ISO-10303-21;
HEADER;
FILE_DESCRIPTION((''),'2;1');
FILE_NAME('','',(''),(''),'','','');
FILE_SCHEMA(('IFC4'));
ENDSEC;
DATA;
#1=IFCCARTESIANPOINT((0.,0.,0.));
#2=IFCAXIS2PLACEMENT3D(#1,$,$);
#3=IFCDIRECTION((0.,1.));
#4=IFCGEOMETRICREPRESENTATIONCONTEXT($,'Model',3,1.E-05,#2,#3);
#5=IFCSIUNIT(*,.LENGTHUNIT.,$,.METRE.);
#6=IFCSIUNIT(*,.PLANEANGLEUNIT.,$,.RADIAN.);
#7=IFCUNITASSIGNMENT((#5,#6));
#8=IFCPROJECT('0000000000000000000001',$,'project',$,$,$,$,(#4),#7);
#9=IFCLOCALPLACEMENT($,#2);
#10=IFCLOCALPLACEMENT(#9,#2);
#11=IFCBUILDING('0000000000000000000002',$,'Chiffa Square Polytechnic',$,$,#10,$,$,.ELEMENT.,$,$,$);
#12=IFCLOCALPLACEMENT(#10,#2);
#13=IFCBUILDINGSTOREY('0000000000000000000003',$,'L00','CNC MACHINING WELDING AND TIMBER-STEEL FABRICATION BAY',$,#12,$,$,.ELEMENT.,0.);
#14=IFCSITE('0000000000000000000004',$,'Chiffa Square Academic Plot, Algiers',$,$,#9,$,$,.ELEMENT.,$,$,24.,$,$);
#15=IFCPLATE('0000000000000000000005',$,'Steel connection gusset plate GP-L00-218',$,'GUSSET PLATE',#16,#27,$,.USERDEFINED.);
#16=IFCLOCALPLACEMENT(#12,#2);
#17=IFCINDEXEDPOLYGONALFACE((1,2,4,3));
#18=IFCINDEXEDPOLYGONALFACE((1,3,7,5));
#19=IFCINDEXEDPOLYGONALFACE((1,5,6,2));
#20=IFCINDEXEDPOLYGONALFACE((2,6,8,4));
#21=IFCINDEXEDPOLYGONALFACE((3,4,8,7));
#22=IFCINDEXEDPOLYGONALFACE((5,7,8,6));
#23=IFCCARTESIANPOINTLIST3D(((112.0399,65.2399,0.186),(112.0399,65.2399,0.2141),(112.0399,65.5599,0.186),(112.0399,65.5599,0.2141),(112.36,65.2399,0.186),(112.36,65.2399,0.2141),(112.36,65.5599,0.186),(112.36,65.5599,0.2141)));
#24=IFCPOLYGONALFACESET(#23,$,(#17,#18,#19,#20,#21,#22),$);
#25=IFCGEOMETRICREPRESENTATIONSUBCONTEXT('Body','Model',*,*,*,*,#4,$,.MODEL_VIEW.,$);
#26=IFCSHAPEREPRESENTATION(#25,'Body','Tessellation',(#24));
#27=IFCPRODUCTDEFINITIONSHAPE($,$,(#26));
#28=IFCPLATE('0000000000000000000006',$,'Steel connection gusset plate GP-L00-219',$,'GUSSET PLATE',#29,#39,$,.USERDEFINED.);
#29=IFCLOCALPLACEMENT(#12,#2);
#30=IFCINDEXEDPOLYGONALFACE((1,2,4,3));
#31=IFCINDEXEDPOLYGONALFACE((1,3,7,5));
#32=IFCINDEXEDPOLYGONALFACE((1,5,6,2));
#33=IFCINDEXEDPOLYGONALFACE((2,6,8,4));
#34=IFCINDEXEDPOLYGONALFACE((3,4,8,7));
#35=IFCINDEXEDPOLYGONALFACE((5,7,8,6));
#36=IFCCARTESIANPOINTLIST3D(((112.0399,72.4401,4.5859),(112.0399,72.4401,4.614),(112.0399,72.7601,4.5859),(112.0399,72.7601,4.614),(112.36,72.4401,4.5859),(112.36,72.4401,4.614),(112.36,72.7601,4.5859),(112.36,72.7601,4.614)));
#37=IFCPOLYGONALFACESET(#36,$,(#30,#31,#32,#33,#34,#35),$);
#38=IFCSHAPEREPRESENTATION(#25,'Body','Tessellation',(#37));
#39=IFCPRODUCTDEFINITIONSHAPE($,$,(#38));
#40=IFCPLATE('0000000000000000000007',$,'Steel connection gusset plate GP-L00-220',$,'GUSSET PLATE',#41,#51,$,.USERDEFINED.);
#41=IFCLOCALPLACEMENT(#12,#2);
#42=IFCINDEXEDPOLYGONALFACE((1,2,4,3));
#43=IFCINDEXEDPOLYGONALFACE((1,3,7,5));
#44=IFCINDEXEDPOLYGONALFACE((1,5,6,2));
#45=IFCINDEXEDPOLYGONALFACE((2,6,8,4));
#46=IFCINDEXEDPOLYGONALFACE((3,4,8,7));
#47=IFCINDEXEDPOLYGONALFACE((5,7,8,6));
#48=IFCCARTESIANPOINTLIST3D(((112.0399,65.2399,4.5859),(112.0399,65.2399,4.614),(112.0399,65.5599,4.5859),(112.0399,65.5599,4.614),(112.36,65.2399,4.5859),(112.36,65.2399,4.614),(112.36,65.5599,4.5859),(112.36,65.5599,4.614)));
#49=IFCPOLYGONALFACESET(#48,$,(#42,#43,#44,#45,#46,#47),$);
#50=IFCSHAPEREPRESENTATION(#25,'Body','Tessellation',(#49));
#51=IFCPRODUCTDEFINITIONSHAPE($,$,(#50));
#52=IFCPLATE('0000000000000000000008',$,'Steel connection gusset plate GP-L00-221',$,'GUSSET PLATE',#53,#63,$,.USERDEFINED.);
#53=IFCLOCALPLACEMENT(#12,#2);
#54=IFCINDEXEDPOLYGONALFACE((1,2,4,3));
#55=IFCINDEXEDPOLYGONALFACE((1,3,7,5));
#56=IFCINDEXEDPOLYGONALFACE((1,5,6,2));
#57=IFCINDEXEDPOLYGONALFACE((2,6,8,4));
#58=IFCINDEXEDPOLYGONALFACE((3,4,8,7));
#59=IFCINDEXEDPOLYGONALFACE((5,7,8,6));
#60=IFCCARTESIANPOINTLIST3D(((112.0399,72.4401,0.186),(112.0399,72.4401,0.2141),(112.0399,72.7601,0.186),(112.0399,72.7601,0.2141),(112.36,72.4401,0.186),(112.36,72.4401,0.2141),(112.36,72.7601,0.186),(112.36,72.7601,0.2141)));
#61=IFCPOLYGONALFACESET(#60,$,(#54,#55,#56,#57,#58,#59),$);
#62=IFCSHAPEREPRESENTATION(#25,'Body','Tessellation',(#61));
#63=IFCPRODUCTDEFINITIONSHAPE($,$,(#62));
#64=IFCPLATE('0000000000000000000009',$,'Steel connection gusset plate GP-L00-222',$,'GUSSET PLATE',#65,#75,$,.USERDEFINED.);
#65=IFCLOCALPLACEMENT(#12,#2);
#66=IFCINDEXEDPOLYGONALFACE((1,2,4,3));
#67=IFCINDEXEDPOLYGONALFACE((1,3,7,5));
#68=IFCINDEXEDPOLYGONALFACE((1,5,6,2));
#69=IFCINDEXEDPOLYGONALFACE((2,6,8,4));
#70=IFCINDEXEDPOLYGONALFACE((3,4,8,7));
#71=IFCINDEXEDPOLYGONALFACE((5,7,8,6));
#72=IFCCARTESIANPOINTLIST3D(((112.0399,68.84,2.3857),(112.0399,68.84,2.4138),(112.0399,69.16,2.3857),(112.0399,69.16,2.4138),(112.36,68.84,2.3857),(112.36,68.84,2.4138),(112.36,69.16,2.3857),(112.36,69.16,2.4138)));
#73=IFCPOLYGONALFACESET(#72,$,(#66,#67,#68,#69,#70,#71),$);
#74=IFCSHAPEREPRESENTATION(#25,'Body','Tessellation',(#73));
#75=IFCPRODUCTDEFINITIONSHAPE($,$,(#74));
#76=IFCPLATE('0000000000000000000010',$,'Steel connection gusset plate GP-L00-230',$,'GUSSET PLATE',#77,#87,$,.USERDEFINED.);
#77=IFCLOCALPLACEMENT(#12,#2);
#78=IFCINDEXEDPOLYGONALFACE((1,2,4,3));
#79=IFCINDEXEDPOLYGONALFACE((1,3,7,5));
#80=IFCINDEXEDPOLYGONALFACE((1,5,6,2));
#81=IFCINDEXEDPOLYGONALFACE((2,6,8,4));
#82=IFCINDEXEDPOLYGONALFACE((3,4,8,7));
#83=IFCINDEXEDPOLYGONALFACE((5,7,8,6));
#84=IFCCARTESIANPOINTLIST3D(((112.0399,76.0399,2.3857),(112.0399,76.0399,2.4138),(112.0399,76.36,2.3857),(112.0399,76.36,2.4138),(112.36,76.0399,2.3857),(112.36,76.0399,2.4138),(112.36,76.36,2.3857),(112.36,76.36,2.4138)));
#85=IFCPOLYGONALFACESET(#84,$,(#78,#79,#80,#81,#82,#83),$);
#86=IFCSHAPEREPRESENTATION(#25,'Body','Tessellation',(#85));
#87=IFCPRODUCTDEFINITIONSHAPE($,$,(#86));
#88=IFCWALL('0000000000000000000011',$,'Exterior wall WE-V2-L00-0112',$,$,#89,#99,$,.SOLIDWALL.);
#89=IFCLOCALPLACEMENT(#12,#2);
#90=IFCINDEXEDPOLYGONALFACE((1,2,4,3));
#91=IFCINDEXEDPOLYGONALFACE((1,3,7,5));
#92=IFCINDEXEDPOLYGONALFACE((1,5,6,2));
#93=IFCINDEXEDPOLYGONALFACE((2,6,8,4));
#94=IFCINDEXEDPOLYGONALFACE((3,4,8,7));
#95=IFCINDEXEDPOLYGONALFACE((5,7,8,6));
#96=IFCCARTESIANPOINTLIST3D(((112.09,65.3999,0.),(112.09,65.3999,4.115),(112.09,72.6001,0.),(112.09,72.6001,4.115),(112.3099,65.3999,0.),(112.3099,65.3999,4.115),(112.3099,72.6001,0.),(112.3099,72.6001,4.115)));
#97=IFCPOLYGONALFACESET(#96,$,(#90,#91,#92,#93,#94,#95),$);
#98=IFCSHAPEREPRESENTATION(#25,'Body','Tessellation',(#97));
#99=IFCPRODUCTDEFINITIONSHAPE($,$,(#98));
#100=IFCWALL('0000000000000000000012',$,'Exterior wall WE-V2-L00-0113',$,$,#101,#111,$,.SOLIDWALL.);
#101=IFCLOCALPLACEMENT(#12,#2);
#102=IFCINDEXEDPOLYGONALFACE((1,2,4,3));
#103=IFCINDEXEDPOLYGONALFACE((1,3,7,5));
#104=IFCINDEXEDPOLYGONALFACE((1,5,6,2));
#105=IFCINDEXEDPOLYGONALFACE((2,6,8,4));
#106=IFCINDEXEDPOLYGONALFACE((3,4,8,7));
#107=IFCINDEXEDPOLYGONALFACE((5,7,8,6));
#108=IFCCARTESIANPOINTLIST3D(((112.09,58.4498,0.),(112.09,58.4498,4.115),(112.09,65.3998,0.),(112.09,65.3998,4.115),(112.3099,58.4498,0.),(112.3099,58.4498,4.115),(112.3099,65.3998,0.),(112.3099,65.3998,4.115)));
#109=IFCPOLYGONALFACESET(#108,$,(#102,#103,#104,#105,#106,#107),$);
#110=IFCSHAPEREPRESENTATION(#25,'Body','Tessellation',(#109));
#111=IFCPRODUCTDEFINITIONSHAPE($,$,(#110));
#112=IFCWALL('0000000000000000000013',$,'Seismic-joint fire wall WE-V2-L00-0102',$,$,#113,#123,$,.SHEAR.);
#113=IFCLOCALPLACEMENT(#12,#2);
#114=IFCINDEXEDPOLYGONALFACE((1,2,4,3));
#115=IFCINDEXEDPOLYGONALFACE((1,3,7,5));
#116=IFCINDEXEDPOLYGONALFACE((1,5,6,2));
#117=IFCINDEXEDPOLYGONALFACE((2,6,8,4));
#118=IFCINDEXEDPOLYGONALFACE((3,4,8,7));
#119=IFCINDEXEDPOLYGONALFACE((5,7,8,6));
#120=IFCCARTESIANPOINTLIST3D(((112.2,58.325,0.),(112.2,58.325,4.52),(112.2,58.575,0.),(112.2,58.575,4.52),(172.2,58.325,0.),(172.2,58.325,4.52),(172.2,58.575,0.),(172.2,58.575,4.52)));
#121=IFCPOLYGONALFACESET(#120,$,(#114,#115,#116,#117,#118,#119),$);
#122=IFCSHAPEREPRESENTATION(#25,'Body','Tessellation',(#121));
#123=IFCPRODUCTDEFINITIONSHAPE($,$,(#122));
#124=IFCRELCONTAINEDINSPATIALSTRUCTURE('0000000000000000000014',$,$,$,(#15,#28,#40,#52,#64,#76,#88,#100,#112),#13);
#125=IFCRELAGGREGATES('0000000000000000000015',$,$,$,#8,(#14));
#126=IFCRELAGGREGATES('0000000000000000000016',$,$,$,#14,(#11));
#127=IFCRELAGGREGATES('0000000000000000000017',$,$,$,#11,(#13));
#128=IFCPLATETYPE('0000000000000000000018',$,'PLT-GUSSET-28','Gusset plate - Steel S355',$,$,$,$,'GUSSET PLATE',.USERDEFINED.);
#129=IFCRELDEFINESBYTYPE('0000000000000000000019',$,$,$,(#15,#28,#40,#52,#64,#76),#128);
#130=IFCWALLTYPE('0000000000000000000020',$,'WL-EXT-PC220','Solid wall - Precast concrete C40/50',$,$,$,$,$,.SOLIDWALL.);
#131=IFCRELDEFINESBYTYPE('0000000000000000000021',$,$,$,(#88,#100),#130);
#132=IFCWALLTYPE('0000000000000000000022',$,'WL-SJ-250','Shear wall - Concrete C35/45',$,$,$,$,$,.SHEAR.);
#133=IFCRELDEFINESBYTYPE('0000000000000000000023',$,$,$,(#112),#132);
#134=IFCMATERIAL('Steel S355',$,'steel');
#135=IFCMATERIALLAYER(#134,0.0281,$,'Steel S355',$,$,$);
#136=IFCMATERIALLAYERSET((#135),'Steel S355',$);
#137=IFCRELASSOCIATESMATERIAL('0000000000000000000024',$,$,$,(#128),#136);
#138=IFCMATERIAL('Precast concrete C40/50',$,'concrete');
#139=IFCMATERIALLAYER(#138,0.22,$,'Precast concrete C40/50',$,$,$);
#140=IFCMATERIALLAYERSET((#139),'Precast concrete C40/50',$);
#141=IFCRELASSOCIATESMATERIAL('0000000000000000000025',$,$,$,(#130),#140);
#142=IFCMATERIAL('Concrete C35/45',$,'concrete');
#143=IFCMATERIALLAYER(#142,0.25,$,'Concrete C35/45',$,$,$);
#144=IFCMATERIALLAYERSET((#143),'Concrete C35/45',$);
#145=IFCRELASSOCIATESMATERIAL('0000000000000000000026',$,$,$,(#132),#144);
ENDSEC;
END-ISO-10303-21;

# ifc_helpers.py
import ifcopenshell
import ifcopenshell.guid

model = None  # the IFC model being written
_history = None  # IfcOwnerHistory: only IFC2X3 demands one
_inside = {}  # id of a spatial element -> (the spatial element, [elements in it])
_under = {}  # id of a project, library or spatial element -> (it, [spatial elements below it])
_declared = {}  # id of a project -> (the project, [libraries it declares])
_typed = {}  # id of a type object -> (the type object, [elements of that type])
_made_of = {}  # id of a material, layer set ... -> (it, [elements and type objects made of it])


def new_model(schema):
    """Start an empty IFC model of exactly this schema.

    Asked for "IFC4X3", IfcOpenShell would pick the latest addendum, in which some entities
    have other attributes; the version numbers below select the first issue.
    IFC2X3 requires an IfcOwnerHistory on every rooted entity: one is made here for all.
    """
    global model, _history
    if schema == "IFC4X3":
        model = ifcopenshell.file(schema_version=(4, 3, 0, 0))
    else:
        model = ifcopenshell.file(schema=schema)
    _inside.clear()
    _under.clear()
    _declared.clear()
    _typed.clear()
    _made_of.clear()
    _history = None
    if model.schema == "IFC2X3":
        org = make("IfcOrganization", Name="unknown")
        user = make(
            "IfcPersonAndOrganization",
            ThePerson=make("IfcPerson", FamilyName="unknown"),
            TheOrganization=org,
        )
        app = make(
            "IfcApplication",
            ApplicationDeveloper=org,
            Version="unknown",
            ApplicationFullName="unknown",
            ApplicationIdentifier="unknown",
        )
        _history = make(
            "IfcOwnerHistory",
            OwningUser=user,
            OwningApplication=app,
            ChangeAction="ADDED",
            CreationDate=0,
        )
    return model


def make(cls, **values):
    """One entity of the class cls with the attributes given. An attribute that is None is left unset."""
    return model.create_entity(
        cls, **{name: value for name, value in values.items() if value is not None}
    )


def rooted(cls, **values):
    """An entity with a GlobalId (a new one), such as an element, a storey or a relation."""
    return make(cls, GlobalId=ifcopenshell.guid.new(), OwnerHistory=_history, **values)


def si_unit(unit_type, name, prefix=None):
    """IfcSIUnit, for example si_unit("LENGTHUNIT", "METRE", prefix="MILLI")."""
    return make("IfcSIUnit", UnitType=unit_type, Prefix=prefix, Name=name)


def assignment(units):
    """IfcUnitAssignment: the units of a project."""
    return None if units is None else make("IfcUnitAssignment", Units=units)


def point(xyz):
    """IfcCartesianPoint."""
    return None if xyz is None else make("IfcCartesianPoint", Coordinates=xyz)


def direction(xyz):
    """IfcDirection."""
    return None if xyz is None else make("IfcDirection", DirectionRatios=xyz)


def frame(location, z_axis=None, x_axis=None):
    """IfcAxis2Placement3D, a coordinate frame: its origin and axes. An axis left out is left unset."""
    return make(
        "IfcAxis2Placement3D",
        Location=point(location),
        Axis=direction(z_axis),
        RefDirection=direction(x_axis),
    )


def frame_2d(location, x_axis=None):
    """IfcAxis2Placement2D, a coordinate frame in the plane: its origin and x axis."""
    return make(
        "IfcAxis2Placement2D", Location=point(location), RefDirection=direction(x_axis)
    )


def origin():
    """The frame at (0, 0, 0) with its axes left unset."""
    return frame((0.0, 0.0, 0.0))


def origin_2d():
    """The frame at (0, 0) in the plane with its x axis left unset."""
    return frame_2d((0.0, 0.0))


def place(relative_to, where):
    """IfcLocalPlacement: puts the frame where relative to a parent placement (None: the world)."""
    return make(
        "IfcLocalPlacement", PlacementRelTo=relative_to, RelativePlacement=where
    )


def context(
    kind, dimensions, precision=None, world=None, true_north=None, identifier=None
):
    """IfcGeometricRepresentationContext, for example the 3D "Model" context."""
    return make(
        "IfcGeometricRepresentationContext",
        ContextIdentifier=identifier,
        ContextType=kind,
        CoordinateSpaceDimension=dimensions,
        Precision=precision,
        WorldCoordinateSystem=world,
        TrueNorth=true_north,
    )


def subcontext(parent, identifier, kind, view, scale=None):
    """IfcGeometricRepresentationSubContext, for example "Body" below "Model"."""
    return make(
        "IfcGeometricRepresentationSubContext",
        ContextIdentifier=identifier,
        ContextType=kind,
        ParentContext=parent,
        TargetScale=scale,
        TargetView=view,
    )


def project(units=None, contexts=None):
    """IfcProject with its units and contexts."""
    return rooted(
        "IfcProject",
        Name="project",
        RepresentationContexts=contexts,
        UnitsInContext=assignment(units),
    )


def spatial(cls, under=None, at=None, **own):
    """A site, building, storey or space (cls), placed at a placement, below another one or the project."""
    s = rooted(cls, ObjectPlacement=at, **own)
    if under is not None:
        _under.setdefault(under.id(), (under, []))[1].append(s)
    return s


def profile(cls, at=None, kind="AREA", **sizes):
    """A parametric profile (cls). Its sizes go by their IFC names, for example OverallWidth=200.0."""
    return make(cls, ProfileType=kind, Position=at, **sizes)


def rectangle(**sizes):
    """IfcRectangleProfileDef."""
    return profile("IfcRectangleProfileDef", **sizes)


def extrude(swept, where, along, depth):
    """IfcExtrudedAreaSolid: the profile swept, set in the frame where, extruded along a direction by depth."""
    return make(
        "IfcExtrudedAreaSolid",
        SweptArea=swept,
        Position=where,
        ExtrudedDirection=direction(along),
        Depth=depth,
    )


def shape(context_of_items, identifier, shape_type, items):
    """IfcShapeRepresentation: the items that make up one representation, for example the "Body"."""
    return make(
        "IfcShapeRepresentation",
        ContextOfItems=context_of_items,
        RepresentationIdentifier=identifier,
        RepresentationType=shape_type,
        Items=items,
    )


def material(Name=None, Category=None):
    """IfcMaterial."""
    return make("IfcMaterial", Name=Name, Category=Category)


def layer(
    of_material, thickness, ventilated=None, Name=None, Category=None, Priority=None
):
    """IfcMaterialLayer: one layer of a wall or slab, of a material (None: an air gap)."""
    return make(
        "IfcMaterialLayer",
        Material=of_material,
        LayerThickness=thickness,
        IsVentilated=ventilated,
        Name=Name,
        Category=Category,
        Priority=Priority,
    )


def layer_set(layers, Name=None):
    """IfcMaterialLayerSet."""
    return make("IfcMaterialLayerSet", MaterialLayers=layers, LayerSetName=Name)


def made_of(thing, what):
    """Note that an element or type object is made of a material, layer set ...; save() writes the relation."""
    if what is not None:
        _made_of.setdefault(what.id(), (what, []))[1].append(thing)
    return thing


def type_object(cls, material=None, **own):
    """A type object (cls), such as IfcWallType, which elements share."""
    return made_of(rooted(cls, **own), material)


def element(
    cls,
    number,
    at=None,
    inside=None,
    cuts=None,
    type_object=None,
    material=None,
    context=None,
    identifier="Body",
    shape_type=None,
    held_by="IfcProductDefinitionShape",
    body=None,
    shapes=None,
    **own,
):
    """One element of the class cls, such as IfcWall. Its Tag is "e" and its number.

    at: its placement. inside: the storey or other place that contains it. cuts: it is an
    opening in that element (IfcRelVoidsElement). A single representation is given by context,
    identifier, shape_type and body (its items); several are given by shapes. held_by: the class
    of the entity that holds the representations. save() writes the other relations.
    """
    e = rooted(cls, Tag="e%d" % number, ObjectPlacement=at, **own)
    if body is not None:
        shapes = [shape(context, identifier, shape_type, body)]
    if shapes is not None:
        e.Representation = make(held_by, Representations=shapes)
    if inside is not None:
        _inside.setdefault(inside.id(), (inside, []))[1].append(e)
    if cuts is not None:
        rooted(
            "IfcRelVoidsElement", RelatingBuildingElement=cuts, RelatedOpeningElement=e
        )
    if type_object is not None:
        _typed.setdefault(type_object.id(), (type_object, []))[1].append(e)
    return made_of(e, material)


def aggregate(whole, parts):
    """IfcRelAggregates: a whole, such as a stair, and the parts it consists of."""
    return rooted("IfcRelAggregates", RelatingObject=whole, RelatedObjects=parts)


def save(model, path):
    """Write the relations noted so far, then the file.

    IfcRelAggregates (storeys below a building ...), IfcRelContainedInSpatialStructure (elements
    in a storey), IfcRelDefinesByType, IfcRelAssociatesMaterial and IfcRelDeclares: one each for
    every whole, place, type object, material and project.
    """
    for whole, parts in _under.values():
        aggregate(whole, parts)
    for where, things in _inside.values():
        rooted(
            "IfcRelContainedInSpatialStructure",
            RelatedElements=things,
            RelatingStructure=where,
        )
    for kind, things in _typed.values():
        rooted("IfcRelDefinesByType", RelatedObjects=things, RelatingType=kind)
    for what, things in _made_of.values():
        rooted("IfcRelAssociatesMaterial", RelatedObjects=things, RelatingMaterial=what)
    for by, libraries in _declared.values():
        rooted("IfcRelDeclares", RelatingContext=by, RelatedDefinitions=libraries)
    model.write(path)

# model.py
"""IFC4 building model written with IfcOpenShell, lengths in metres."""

from ifc_helpers import new_model, si_unit, direction, frame, frame_2d, origin, origin_2d, place, context, subcontext, project, spatial, rectangle, extrude, material, layer, layer_set, type_object, element, save


model = new_model("IFC4")

# Units and contexts
model_context = context("Model", 3, precision=1e-05, world=origin(), true_north=direction((0.0, 1.0)))
body_context = subcontext(model_context, "Body", "Model", "MODEL_VIEW")
ifc_project = project(units=[si_unit("LENGTHUNIT", "METRE"), si_unit("PLANEANGLEUNIT", "RADIAN")], contexts=[model_context])

# Site, building, storey
site_placement = place(None, origin())
site = spatial("IfcSite", under=ifc_project, at=site_placement, Name="Chiffa Square Academic Plot, Algiers", CompositionType="ELEMENT", RefElevation=24.0)
building_placement = place(site_placement, origin())
building = spatial("IfcBuilding", under=site, at=building_placement, Name="Chiffa Square Polytechnic", CompositionType="ELEMENT")
storey_placement = place(building_placement, origin())
storey = spatial("IfcBuildingStorey", under=building, at=storey_placement, Name="L00", Description="CNC MACHINING WELDING AND TIMBER-STEEL FABRICATION BAY", CompositionType="ELEMENT", Elevation=0.0)

# Shared definitions
ifc_material_1 = material(Name="Steel S355", Category="steel")

# Shared definitions
ifc_material_2 = material(Name="Concrete C35/45", Category="concrete")

# Plates
ifc_layer_1 = layer(ifc_material_1, 0.0281, Name="Steel S355")
ifc_layer_set_1 = layer_set([ifc_layer_1], Name="Steel S355")
plate_type = type_object("IfcPlateType", Name="PLT-GUSSET-28", Description="Gusset plate - Steel S355", ElementType="GUSSET PLATE", PredefinedType="USERDEFINED", material=ifc_layer_set_1)
for number, where, z_axis, x_axis, name in (
    (1, (112.2, 65.3999, 0.186), (0.0, 0.0, 1.0), (1.0, 0.0, 0.0), "Steel connection gusset plate GP-L00-218"),
    (2, (112.2, 72.6001, 4.5859), (0.0, 0.0, 1.0), (1.0, 0.0, 0.0), "Steel connection gusset plate GP-L00-219"),
    (3, (112.2, 65.3999, 4.5859), (0.0, 0.0, 1.0), (1.0, 0.0, 0.0), "Steel connection gusset plate GP-L00-220"),
    (4, (112.2, 72.6001, 0.186), (0.0, 0.0, 1.0), (1.0, 0.0, 0.0), "Steel connection gusset plate GP-L00-221"),
    (5, (112.2, 69.0, 2.3857), (0.0, 0.0, 1.0), (1.0, 0.0, 0.0), "Steel connection gusset plate GP-L00-222"),
    (6, (112.2, 76.2, 2.3857), (0.0, 0.0, 1.0), (1.0, 0.0, 0.0), "Steel connection gusset plate GP-L00-230"),
):
    element("IfcPlate", number, at=place(storey_placement, frame(where, z_axis=z_axis, x_axis=x_axis)), inside=storey, type_object=plate_type, Name=name, ObjectType="GUSSET PLATE", PredefinedType="USERDEFINED", context=body_context, shape_type="SweptSolid", body=[
        extrude(rectangle(XDim=0.3201, YDim=0.3201, at=origin_2d()), origin(), (0.0, 0.0, 1.0), 0.0281),
    ])

# Walls
ifc_material_3 = material(Name="Precast concrete C40/50", Category="concrete")
ifc_layer_2 = layer(ifc_material_3, 0.22, Name="Precast concrete C40/50")
ifc_layer_set_2 = layer_set([ifc_layer_2], Name="Precast concrete C40/50")
wall_type_1 = type_object("IfcWallType", Name="WL-EXT-PC220", Description="Solid wall - Precast concrete C40/50", PredefinedType="SOLIDWALL", material=ifc_layer_set_2)
wall_1_placement = place(storey_placement, frame((112.2, 72.6001, 0.0), z_axis=(0.0, 0.0, 1.0), x_axis=(0.0, -1.0, 0.0)))
element("IfcWall", 7, at=wall_1_placement, inside=storey, type_object=wall_type_1, Name="Exterior wall WE-V2-L00-0112", PredefinedType="SOLIDWALL", context=body_context, shape_type="SweptSolid", body=[
    extrude(rectangle(XDim=7.2002, YDim=0.22, at=frame_2d((3.6001, 0.0))), origin(), (0.0, 0.0, 1.0), 4.115),
])
wall_2_placement = place(storey_placement, frame((112.2, 65.3999, 0.0), z_axis=(0.0, 0.0, 1.0), x_axis=(0.0, -1.0, 0.0)))
element("IfcWall", 8, at=wall_2_placement, inside=storey, type_object=wall_type_1, Name="Exterior wall WE-V2-L00-0113", PredefinedType="SOLIDWALL", context=body_context, shape_type="SweptSolid", body=[
    extrude(rectangle(XDim=6.95, YDim=0.22, at=frame_2d((3.4751, 0.0))), origin(), (0.0, 0.0, 1.0), 4.115),
])
ifc_layer_3 = layer(ifc_material_2, 0.25, Name="Concrete C35/45")
ifc_layer_set_3 = layer_set([ifc_layer_3], Name="Concrete C35/45")
wall_type_2 = type_object("IfcWallType", Name="WL-SJ-250", Description="Shear wall - Concrete C35/45", PredefinedType="SHEAR", material=ifc_layer_set_3)
wall_3_placement = place(storey_placement, frame((112.2, 58.45, 0.0), z_axis=(0.0, 0.0, 1.0), x_axis=(1.0, 0.0, 0.0)))
element("IfcWall", 9, at=wall_3_placement, inside=storey, type_object=wall_type_2, Name="Seismic-joint fire wall WE-V2-L00-0102", PredefinedType="SHEAR", context=body_context, shape_type="SweptSolid", body=[
    extrude(rectangle(XDim=60.0, YDim=0.25, at=frame_2d((30.0, 0.0))), origin(), (0.0, 0.0, 1.0), 4.52),
])

save(model, "model.ifc")
